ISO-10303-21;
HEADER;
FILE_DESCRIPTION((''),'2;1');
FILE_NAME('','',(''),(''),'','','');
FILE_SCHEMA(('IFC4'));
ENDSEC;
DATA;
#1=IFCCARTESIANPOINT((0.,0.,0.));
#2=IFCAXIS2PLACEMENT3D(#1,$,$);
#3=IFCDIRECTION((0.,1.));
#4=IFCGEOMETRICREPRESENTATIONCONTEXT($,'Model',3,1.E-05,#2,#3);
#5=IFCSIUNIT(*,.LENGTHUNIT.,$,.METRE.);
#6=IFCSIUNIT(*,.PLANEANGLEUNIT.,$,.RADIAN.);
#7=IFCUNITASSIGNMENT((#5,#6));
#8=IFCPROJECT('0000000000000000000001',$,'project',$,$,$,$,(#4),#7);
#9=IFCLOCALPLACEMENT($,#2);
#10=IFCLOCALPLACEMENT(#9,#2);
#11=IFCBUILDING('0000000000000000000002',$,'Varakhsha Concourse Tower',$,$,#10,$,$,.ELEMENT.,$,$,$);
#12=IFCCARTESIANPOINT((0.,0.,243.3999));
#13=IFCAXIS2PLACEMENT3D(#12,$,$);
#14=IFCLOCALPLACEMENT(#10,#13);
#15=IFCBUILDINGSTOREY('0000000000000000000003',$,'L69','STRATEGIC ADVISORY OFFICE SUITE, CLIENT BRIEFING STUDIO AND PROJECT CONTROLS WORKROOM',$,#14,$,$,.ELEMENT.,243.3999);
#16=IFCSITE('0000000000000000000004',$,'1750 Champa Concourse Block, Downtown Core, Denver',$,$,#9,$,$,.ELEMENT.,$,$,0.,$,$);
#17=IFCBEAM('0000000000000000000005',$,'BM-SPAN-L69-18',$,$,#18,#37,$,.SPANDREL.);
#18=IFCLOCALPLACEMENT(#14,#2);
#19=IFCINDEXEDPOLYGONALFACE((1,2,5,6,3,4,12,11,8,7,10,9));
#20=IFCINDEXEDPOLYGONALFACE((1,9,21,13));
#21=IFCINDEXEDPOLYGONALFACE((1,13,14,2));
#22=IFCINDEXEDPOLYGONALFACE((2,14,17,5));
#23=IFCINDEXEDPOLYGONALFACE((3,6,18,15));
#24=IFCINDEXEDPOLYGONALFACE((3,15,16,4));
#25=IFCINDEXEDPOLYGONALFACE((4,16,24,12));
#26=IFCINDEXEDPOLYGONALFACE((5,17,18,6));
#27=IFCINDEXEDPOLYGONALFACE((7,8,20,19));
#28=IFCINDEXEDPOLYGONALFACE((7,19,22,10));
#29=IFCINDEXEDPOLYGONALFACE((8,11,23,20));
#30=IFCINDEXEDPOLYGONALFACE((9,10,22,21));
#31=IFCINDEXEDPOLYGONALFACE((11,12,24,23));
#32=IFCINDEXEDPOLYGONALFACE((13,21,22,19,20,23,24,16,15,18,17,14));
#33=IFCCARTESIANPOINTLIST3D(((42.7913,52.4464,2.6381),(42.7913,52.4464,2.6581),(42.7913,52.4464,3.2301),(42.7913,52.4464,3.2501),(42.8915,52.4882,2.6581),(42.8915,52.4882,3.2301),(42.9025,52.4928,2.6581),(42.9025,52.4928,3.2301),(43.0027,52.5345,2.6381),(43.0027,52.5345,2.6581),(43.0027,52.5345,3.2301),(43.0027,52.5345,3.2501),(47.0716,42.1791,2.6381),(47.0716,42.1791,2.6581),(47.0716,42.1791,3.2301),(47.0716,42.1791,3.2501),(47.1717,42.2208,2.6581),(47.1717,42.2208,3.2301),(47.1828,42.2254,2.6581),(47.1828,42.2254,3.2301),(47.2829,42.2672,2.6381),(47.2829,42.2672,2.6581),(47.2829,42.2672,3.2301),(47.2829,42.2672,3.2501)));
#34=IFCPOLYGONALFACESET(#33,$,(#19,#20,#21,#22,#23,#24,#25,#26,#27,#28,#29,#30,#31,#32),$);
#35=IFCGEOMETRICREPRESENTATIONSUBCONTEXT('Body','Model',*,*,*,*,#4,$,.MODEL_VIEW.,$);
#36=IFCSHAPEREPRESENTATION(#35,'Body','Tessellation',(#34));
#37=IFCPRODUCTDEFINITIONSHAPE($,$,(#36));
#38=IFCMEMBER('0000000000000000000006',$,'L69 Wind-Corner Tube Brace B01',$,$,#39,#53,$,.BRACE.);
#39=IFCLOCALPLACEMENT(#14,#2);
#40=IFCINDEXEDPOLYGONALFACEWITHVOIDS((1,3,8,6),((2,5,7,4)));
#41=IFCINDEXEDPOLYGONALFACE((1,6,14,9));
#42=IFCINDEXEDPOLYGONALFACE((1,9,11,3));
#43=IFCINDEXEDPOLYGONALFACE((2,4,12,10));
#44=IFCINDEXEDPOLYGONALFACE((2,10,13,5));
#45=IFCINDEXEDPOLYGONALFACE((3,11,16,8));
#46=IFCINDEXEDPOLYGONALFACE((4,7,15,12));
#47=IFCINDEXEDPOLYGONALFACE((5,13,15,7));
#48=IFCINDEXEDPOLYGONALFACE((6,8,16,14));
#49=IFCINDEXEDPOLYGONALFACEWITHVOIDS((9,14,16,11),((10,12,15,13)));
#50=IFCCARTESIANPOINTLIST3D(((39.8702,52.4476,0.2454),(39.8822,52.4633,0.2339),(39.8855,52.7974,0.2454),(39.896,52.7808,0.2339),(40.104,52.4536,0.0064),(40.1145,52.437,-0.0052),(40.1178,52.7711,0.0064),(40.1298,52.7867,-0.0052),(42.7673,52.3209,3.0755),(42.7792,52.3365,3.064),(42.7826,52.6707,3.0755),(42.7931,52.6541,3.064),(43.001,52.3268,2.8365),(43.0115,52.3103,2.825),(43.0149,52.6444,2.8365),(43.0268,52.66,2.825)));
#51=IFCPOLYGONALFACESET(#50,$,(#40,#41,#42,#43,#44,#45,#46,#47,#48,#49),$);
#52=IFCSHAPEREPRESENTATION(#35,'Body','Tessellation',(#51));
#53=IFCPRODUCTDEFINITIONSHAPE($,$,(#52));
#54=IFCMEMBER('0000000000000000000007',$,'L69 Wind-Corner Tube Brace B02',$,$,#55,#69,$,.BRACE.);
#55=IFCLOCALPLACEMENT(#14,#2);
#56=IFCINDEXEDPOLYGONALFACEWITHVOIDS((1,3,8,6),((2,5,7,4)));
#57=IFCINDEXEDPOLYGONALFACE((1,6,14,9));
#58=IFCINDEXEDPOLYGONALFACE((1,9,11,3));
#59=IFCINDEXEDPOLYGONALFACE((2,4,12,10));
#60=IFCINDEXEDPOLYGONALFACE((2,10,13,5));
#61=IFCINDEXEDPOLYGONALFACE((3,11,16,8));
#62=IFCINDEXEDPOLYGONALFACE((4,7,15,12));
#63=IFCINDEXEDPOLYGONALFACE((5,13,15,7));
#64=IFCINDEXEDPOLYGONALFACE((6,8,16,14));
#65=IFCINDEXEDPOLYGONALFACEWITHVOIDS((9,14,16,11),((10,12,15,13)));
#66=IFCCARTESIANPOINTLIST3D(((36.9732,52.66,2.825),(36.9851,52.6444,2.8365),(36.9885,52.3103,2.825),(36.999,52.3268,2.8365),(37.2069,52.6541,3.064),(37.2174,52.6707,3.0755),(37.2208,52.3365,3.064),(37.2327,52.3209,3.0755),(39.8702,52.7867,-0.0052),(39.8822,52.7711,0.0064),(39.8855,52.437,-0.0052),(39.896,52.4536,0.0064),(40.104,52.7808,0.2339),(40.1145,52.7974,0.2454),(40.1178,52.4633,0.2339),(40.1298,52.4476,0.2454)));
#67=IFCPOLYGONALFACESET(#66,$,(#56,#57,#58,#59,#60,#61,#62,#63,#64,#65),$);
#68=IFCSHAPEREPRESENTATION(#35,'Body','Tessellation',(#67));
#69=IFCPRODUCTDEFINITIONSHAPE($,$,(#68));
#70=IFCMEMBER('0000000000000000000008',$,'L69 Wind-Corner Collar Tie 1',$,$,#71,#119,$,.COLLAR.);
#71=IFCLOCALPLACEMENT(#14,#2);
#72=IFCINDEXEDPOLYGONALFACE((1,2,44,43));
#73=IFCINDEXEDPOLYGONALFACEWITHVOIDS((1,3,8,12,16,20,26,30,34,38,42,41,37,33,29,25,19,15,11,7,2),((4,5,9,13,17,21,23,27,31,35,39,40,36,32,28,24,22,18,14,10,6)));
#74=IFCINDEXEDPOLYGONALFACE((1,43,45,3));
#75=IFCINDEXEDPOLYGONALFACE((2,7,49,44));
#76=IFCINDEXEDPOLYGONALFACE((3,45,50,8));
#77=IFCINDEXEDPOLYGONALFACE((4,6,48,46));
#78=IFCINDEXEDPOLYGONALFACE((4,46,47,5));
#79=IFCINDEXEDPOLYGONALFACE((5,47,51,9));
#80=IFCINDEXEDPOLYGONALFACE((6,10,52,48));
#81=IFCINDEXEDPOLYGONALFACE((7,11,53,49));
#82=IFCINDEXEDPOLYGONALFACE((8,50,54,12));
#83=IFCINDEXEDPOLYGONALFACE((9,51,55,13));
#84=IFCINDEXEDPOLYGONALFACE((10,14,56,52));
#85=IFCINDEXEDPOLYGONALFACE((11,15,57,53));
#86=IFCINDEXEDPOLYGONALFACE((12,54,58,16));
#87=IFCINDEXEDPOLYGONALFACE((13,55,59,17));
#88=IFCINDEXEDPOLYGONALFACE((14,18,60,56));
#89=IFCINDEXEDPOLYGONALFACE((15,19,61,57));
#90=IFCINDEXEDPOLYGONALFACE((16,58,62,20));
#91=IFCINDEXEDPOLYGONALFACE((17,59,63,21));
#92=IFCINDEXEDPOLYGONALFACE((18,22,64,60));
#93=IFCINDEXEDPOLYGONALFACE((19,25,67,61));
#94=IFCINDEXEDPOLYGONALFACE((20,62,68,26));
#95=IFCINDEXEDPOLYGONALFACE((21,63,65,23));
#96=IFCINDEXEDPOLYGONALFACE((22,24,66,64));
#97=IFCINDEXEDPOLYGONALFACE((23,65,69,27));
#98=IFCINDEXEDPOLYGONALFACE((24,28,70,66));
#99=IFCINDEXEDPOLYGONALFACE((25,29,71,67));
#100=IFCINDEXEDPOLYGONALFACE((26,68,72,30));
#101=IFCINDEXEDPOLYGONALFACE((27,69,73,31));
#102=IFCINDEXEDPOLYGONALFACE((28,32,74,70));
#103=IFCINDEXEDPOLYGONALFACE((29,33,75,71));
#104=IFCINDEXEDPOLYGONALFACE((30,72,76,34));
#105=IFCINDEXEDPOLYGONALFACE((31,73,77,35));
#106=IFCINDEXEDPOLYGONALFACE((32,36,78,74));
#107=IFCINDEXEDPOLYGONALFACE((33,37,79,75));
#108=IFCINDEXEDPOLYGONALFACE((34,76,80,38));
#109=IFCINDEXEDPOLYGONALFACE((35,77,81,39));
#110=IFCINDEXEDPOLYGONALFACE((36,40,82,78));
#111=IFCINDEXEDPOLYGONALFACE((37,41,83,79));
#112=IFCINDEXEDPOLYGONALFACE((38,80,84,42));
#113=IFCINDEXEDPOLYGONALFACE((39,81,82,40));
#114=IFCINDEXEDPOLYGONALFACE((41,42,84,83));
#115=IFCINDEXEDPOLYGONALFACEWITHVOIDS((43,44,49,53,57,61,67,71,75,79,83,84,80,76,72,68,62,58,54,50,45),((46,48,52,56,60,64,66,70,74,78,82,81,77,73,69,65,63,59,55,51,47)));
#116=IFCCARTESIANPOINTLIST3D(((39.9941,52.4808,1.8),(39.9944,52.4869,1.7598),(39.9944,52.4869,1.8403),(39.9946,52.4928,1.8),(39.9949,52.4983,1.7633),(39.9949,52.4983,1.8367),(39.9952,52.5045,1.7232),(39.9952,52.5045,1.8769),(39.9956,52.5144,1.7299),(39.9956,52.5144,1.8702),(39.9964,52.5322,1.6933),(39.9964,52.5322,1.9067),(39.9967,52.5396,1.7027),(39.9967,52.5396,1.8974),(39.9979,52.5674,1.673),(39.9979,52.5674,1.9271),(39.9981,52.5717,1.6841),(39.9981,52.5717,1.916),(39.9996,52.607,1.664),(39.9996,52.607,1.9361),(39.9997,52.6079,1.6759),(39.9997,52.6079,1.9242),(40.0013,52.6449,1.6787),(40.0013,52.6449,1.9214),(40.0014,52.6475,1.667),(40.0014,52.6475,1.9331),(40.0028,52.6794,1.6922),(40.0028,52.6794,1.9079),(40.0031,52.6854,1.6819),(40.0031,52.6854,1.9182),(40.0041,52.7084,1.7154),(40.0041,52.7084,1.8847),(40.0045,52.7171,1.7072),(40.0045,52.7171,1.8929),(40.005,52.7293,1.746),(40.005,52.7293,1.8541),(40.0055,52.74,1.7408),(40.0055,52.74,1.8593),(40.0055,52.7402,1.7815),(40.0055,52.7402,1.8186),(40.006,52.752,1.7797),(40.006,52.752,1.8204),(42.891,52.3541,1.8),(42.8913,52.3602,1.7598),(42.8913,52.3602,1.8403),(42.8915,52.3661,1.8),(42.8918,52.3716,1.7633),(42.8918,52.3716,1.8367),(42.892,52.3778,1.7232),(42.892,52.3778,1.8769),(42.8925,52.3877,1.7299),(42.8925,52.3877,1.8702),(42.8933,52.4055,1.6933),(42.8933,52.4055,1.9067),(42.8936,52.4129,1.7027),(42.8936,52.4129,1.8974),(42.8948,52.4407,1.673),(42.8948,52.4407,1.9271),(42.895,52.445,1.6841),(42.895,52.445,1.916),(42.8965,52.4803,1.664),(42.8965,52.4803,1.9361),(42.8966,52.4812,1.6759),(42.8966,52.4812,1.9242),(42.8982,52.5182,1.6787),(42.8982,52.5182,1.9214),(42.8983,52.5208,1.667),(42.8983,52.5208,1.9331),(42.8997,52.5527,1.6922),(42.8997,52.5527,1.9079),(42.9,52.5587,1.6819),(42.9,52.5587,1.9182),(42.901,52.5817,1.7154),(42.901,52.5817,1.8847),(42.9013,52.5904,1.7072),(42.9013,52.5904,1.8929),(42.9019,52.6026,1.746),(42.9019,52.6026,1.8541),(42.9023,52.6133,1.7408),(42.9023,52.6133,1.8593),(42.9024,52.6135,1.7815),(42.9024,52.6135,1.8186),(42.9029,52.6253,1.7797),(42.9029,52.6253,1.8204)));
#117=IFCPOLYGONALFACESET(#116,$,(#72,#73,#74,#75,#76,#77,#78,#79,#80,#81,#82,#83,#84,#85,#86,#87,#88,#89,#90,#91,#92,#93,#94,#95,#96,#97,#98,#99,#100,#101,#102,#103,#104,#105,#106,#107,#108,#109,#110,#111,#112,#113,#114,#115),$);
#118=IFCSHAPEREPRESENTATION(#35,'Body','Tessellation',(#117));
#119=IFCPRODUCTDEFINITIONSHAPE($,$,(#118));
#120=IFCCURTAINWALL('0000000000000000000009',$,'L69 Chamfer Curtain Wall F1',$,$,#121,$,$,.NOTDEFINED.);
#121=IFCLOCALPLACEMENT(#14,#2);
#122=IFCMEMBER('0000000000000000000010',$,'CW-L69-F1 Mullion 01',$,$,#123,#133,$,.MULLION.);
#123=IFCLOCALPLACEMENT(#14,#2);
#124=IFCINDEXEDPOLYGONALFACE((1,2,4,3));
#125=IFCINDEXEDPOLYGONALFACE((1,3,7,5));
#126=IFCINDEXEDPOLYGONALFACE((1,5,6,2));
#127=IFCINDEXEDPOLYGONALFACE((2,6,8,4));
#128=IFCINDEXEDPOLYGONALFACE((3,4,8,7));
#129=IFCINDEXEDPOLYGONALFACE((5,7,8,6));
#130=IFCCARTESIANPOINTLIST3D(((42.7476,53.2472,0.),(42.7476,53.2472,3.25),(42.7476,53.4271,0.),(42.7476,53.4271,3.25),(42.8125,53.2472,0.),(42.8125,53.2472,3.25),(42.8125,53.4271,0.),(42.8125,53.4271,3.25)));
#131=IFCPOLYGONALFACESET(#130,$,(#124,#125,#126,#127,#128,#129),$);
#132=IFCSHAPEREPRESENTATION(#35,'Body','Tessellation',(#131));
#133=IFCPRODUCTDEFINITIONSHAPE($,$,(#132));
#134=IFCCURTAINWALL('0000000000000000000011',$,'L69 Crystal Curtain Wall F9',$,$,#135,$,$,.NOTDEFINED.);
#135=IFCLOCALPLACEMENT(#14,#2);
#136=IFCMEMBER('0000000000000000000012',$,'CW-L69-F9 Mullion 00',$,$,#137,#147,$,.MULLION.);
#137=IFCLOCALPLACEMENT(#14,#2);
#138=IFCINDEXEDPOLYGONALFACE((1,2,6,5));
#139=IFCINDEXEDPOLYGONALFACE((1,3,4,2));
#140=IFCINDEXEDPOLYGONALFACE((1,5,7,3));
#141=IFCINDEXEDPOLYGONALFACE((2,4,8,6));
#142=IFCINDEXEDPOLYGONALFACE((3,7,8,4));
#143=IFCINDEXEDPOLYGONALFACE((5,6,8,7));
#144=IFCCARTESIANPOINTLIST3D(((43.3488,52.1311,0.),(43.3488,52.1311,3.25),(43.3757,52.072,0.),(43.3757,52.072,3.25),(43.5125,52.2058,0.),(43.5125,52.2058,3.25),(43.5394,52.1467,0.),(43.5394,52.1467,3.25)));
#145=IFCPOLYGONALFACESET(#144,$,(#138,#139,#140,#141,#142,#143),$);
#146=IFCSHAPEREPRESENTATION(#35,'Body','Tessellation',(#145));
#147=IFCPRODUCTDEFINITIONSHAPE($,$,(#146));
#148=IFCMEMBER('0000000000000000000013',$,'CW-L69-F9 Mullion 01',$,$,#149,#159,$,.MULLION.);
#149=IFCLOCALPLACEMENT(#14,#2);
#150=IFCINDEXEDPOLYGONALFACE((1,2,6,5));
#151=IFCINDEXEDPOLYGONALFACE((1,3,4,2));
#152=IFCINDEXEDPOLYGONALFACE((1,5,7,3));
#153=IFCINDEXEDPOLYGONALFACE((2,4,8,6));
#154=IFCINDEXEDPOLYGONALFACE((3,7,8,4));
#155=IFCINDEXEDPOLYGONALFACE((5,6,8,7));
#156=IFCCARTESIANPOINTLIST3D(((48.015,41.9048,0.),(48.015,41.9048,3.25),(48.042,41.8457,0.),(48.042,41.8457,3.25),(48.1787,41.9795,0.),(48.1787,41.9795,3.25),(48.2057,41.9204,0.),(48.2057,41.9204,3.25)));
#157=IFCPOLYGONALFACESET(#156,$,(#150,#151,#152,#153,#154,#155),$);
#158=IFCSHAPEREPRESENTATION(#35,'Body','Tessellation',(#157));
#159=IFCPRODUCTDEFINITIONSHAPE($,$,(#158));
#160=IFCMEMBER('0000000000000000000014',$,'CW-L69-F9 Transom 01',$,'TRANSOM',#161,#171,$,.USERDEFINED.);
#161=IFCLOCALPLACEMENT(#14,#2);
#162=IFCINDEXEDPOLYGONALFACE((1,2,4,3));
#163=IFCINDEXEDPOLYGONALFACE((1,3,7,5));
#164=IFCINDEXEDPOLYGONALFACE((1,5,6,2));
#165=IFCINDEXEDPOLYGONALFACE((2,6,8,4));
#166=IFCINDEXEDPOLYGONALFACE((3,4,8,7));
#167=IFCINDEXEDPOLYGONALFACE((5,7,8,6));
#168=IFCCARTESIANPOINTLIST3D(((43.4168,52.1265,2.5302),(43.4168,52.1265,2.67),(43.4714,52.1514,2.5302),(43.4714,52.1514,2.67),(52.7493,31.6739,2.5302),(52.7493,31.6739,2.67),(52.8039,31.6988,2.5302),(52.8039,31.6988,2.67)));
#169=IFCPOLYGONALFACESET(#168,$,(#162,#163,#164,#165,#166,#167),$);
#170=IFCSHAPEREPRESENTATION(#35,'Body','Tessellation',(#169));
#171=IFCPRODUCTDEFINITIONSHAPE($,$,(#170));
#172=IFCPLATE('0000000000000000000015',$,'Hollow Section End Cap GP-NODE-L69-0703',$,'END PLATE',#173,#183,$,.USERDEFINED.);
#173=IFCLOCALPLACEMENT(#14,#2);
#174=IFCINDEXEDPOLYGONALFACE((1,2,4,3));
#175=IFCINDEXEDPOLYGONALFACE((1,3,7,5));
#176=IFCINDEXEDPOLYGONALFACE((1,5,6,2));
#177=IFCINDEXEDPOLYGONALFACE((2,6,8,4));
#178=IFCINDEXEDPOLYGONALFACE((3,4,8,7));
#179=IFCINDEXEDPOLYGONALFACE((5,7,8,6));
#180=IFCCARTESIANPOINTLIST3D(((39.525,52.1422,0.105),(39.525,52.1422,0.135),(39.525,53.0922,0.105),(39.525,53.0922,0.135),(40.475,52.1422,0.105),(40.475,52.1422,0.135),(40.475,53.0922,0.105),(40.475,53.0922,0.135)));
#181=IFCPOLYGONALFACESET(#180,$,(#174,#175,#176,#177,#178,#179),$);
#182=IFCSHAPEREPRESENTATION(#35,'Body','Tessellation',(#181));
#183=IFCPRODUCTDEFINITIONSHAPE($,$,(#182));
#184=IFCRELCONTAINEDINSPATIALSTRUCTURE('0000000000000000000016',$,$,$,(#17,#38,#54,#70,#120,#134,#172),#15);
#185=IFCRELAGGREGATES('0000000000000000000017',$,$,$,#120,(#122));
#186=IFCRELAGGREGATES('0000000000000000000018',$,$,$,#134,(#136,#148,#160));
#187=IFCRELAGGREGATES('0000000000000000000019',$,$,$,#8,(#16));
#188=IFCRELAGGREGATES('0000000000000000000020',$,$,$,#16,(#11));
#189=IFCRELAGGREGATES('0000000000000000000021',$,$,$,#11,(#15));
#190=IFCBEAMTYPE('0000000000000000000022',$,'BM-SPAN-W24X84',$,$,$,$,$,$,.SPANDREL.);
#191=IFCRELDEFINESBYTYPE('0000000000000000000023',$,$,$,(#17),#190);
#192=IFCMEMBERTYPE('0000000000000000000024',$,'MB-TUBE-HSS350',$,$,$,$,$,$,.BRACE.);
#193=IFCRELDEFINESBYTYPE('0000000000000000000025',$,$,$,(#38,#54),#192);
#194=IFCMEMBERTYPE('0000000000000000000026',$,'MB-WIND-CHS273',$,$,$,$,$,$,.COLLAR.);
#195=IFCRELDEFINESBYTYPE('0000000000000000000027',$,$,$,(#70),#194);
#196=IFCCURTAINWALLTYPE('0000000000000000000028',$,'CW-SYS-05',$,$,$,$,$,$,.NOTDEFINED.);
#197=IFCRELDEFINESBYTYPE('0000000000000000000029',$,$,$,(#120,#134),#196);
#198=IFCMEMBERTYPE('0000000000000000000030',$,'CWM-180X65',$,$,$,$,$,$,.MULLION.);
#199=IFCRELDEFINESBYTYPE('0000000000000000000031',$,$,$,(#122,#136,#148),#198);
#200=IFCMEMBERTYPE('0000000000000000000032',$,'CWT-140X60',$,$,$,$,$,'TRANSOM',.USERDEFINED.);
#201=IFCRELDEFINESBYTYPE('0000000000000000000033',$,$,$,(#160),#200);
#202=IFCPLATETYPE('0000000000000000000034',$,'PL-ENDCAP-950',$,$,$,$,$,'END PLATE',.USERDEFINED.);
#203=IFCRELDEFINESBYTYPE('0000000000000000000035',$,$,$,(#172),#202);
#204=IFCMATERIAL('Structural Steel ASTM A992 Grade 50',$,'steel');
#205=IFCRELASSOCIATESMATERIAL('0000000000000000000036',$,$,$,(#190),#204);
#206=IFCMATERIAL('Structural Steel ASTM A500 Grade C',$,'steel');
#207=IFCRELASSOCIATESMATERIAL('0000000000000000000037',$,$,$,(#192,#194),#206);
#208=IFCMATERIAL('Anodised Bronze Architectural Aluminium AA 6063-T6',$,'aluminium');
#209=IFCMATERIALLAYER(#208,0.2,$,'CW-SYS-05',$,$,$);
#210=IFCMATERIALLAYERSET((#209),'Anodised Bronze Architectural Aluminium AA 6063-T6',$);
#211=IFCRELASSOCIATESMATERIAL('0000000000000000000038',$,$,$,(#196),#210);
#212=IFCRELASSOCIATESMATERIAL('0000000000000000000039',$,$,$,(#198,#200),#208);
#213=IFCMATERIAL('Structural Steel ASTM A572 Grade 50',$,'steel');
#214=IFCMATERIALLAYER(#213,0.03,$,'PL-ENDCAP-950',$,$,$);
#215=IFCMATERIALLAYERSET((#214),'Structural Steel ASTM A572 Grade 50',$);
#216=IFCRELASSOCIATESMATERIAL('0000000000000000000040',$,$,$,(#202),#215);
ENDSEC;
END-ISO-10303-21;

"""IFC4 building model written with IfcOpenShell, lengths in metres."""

from ifc_helpers import new_model, si_unit, direction, frame, origin, origin_2d, place, context, subcontext, project, spatial, rectangle, hollow_rectangle, hollow_circle, i_section, extrude, source, transform, mapped, material, layer, layer_set, material_profile, profile_set, type_object, type_shapes, element, aggregate, save


model = new_model("IFC4")

# Units and contexts
model_context = context("Model", 3, precision=1e-05, world=origin(), true_north=direction((0.0, 1.0)))
body_context = subcontext(model_context, "Body", "Model", "MODEL_VIEW")
ifc_project = project(units=[si_unit("LENGTHUNIT", "METRE"), si_unit("PLANEANGLEUNIT", "RADIAN")], contexts=[model_context])

# Site, building, storey
site_placement = place(None, origin())
site = spatial("IfcSite", under=ifc_project, at=site_placement, Name="1750 Champa Concourse Block, Downtown Core, Denver", CompositionType="ELEMENT", RefElevation=0.0)
building_placement = place(site_placement, origin())
building = spatial("IfcBuilding", under=site, at=building_placement, Name="Varakhsha Concourse Tower", CompositionType="ELEMENT")
storey_placement = place(building_placement, frame((0.0, 0.0, 243.3999)))
storey = spatial("IfcBuildingStorey", under=building, at=storey_placement, Name="L69", Description="STRATEGIC ADVISORY OFFICE SUITE, CLIENT BRIEFING STUDIO AND PROJECT CONTROLS WORKROOM", CompositionType="ELEMENT", Elevation=243.3999)

# Shared definitions
ifc_material_1 = material(Name="Structural Steel ASTM A992 Grade 50", Category="steel")
ifc_material_2 = material(Name="Structural Steel ASTM A572 Grade 50", Category="steel")

# Beam
ifc_material_profile_1 = material_profile(ifc_material_1, i_section(OverallWidth=0.229, OverallDepth=0.6121, WebThickness=0.012, FlangeThickness=0.02, at=origin_2d()), Name="W24X84")
ifc_profile_set_1 = profile_set([ifc_material_profile_1], Name="Structural Steel ASTM A992 Grade 50")
beam_type_1 = type_object("IfcBeamType", Name="BM-SPAN-W24X84", PredefinedType="SPANDREL", material=ifc_profile_set_1)
beam_1_placement = place(storey_placement, frame((47.1772, 42.2231, 2.9441), z_axis=(-0.384785, 0.923006, 0.0), x_axis=(-0.923006, -0.384785, 0.0)))
element("IfcBeam", 1, at=beam_1_placement, inside=storey, type_object=beam_type_1, Name="BM-SPAN-L69-18", PredefinedType="SPANDREL", context=body_context, shape_type="SweptSolid", body=[
    extrude(i_section(OverallWidth=0.229, OverallDepth=0.6121, WebThickness=0.012, FlangeThickness=0.02, at=origin_2d()), origin(), (0.0, 0.0, 1.0), 11.1238),
])

# Members
ifc_material_3 = material(Name="Structural Steel ASTM A500 Grade C", Category="steel")
ifc_material_profile_2 = material_profile(ifc_material_3, hollow_rectangle(XDim=0.3501, YDim=0.3501, WallThickness=0.0161, at=origin_2d()), Name="HSS 350x350x16")
ifc_profile_set_2 = profile_set([ifc_material_profile_2], Name="Structural Steel ASTM A500 Grade C")
member_type_1 = type_object("IfcMemberType", Name="MB-TUBE-HSS350", PredefinedType="BRACE", material=ifc_profile_set_2)
shared_shape_1 = source(origin(), body_context, "Body", "SweptSolid", [
    extrude(hollow_rectangle(XDim=0.3501, YDim=0.3501, WallThickness=0.0161, at=origin_2d()), origin(), (0.0, 0.0, 1.0), 4.052),
])
type_shapes(member_type_1, [shared_shape_1])
for number, where, z_axis, x_axis, name in (
    (2, (40.0, 52.6172, 0.1201), (0.714967, -0.031272, 0.698458), (0.043697, 0.999045, 0.0), "L69 Wind-Corner Tube Brace B01"),
    (3, (40.0, 52.6172, 0.1201), (-0.714967, -0.031272, 0.698458), (0.043697, -0.999045, 0.0), "L69 Wind-Corner Tube Brace B02"),
):
    element("IfcMember", number, at=place(storey_placement, frame(where, z_axis=z_axis, x_axis=x_axis)), inside=storey, type_object=member_type_1, Name=name, PredefinedType="BRACE", context=body_context, shape_type="MappedRepresentation", body=[
        mapped(shared_shape_1, transform((0.0, 0.0, 0.0), scale=1.0)),
    ])
ifc_material_profile_3 = material_profile(ifc_material_3, hollow_circle(Radius=0.1365, WallThickness=0.012, at=origin_2d()), Name="CHS 273x12")
ifc_profile_set_3 = profile_set([ifc_material_profile_3], Name="Structural Steel ASTM A500 Grade C")
member_type_2 = type_object("IfcMemberType", Name="MB-WIND-CHS273", PredefinedType="COLLAR", material=ifc_profile_set_3)
shared_shape_2 = source(origin(), body_context, "Body", "SweptSolid", [
    extrude(hollow_circle(Radius=0.1365, WallThickness=0.012, at=origin_2d()), origin(), (0.0, 0.0, 1.0), 2.8997),
])
type_shapes(member_type_2, [shared_shape_2])
member_1_placement = place(storey_placement, frame((42.897, 52.4905, 1.8), z_axis=(-0.999045, 0.043697, 0.0), x_axis=(-0.043697, -0.999045, 0.0)))
element("IfcMember", 4, at=member_1_placement, inside=storey, type_object=member_type_2, Name="L69 Wind-Corner Collar Tie 1", PredefinedType="COLLAR", context=body_context, shape_type="MappedRepresentation", body=[
    mapped(shared_shape_2, transform((0.0, 0.0, 0.0), scale=1.0)),
])

# Curtain wall, member
ifc_material_4 = material(Name="Anodised Bronze Architectural Aluminium AA 6063-T6", Category="aluminium")
ifc_layer_1 = layer(ifc_material_4, 0.2, Name="CW-SYS-05")
ifc_layer_set_1 = layer_set([ifc_layer_1], Name="Anodised Bronze Architectural Aluminium AA 6063-T6")
curtain_wall_type = type_object("IfcCurtainWallType", Name="CW-SYS-05", PredefinedType="NOTDEFINED", material=ifc_layer_set_1)
curtain_wall_1_placement = place(storey_placement, origin())
curtain_wall_1 = element("IfcCurtainWall", 5, at=curtain_wall_1_placement, inside=storey, type_object=curtain_wall_type, Name="L69 Chamfer Curtain Wall F1", PredefinedType="NOTDEFINED")
ifc_material_profile_4 = material_profile(ifc_material_4, rectangle(XDim=0.0649, YDim=0.1799, at=origin_2d()), Name="CWM-180X65")
ifc_profile_set_4 = profile_set([ifc_material_profile_4], Name="Anodised Bronze Architectural Aluminium AA 6063-T6")
member_type_3 = type_object("IfcMemberType", Name="CWM-180X65", PredefinedType="MULLION", material=ifc_profile_set_4)
shared_shape_3 = source(origin(), body_context, "Body", "SweptSolid", [
    extrude(rectangle(XDim=0.0649, YDim=0.1799, at=origin_2d()), origin(), (0.0, 0.0, 1.0), 3.25),
])
type_shapes(member_type_3, [shared_shape_3])
member_2_placement = place(storey_placement, frame((42.78, 53.3372, 0.0), z_axis=(0.0, 0.0, 1.0), x_axis=(1.0, 0.0, 0.0)))
member_2 = element("IfcMember", 6, at=member_2_placement, type_object=member_type_3, Name="CW-L69-F1 Mullion 01", PredefinedType="MULLION", context=body_context, shape_type="MappedRepresentation", body=[
    mapped(shared_shape_3, transform((0.0, 0.0, 0.0), scale=1.0)),
])

# Curtain wall, members
curtain_wall_2_placement = place(storey_placement, origin())
curtain_wall_2 = element("IfcCurtainWall", 7, at=curtain_wall_2_placement, inside=storey, type_object=curtain_wall_type, Name="L69 Crystal Curtain Wall F9", PredefinedType="NOTDEFINED")
member_3_placement = place(storey_placement, frame((43.4441, 52.1389, 0.0), z_axis=(0.0, 0.0, 1.0), x_axis=(0.415133, -0.909761, 0.0)))
member_3 = element("IfcMember", 8, at=member_3_placement, type_object=member_type_3, Name="CW-L69-F9 Mullion 00", PredefinedType="MULLION", context=body_context, shape_type="MappedRepresentation", body=[
    mapped(shared_shape_3, transform((0.0, 0.0, 0.0), scale=1.0)),
])
member_4_placement = place(storey_placement, frame((48.1104, 41.9126, 0.0), z_axis=(0.0, 0.0, 1.0), x_axis=(0.415133, -0.909761, 0.0)))
member_4 = element("IfcMember", 9, at=member_4_placement, type_object=member_type_3, Name="CW-L69-F9 Mullion 01", PredefinedType="MULLION", context=body_context, shape_type="MappedRepresentation", body=[
    mapped(shared_shape_3, transform((0.0, 0.0, 0.0), scale=1.0)),
])
ifc_material_profile_5 = material_profile(ifc_material_4, rectangle(XDim=0.0601, YDim=0.1399, at=origin_2d()), Name="CWT-140X60")
ifc_profile_set_5 = profile_set([ifc_material_profile_5], Name="Anodised Bronze Architectural Aluminium AA 6063-T6")
member_type_4 = type_object("IfcMemberType", Name="CWT-140X60", ElementType="TRANSOM", PredefinedType="USERDEFINED", material=ifc_profile_set_5)
shared_shape_4 = source(origin(), body_context, "Body", "SweptSolid", [
    extrude(rectangle(XDim=0.0601, YDim=0.1399, at=origin_2d()), origin(), (0.0, 0.0, 1.0), 22.4812),
])
type_shapes(member_type_4, [shared_shape_4])
member_5_placement = place(storey_placement, frame((43.4441, 52.1389, 2.6001), z_axis=(0.415125, -0.909765, 0.0), x_axis=(0.909765, 0.415125, 0.0)))
member_5 = element("IfcMember", 10, at=member_5_placement, type_object=member_type_4, Name="CW-L69-F9 Transom 01", ObjectType="TRANSOM", PredefinedType="USERDEFINED", context=body_context, shape_type="MappedRepresentation", body=[
    mapped(shared_shape_4, transform((0.0, 0.0, 0.0), scale=1.0)),
])

# Plate
ifc_layer_2 = layer(ifc_material_2, 0.03, Name="PL-ENDCAP-950")
ifc_layer_set_2 = layer_set([ifc_layer_2], Name="Structural Steel ASTM A572 Grade 50")
plate_type_1 = type_object("IfcPlateType", Name="PL-ENDCAP-950", ElementType="END PLATE", PredefinedType="USERDEFINED", material=ifc_layer_set_2)
shared_shape_5 = source(origin(), body_context, "Body", "SweptSolid", [
    extrude(rectangle(XDim=0.95, YDim=0.95, at=origin_2d()), origin(), (0.0, 0.0, 1.0), 0.03),
])
type_shapes(plate_type_1, [shared_shape_5])
for number, where, z_axis, x_axis, name in (
    (11, (40.0, 52.6172, 0.105), (0.0, 0.0, 1.0), (1.0, 0.0, 0.0), "Hollow Section End Cap GP-NODE-L69-0703"),
):
    element("IfcPlate", number, at=place(storey_placement, frame(where, z_axis=z_axis, x_axis=x_axis)), inside=storey, type_object=plate_type_1, Name=name, ObjectType="END PLATE", PredefinedType="USERDEFINED", context=body_context, shape_type="MappedRepresentation", body=[
        mapped(shared_shape_5, transform((0.0, 0.0, 0.0), scale=1.0)),
    ])

aggregate(curtain_wall_1, [member_2])
aggregate(curtain_wall_2, [member_3, member_4, member_5])

save(model, "model.ifc")
